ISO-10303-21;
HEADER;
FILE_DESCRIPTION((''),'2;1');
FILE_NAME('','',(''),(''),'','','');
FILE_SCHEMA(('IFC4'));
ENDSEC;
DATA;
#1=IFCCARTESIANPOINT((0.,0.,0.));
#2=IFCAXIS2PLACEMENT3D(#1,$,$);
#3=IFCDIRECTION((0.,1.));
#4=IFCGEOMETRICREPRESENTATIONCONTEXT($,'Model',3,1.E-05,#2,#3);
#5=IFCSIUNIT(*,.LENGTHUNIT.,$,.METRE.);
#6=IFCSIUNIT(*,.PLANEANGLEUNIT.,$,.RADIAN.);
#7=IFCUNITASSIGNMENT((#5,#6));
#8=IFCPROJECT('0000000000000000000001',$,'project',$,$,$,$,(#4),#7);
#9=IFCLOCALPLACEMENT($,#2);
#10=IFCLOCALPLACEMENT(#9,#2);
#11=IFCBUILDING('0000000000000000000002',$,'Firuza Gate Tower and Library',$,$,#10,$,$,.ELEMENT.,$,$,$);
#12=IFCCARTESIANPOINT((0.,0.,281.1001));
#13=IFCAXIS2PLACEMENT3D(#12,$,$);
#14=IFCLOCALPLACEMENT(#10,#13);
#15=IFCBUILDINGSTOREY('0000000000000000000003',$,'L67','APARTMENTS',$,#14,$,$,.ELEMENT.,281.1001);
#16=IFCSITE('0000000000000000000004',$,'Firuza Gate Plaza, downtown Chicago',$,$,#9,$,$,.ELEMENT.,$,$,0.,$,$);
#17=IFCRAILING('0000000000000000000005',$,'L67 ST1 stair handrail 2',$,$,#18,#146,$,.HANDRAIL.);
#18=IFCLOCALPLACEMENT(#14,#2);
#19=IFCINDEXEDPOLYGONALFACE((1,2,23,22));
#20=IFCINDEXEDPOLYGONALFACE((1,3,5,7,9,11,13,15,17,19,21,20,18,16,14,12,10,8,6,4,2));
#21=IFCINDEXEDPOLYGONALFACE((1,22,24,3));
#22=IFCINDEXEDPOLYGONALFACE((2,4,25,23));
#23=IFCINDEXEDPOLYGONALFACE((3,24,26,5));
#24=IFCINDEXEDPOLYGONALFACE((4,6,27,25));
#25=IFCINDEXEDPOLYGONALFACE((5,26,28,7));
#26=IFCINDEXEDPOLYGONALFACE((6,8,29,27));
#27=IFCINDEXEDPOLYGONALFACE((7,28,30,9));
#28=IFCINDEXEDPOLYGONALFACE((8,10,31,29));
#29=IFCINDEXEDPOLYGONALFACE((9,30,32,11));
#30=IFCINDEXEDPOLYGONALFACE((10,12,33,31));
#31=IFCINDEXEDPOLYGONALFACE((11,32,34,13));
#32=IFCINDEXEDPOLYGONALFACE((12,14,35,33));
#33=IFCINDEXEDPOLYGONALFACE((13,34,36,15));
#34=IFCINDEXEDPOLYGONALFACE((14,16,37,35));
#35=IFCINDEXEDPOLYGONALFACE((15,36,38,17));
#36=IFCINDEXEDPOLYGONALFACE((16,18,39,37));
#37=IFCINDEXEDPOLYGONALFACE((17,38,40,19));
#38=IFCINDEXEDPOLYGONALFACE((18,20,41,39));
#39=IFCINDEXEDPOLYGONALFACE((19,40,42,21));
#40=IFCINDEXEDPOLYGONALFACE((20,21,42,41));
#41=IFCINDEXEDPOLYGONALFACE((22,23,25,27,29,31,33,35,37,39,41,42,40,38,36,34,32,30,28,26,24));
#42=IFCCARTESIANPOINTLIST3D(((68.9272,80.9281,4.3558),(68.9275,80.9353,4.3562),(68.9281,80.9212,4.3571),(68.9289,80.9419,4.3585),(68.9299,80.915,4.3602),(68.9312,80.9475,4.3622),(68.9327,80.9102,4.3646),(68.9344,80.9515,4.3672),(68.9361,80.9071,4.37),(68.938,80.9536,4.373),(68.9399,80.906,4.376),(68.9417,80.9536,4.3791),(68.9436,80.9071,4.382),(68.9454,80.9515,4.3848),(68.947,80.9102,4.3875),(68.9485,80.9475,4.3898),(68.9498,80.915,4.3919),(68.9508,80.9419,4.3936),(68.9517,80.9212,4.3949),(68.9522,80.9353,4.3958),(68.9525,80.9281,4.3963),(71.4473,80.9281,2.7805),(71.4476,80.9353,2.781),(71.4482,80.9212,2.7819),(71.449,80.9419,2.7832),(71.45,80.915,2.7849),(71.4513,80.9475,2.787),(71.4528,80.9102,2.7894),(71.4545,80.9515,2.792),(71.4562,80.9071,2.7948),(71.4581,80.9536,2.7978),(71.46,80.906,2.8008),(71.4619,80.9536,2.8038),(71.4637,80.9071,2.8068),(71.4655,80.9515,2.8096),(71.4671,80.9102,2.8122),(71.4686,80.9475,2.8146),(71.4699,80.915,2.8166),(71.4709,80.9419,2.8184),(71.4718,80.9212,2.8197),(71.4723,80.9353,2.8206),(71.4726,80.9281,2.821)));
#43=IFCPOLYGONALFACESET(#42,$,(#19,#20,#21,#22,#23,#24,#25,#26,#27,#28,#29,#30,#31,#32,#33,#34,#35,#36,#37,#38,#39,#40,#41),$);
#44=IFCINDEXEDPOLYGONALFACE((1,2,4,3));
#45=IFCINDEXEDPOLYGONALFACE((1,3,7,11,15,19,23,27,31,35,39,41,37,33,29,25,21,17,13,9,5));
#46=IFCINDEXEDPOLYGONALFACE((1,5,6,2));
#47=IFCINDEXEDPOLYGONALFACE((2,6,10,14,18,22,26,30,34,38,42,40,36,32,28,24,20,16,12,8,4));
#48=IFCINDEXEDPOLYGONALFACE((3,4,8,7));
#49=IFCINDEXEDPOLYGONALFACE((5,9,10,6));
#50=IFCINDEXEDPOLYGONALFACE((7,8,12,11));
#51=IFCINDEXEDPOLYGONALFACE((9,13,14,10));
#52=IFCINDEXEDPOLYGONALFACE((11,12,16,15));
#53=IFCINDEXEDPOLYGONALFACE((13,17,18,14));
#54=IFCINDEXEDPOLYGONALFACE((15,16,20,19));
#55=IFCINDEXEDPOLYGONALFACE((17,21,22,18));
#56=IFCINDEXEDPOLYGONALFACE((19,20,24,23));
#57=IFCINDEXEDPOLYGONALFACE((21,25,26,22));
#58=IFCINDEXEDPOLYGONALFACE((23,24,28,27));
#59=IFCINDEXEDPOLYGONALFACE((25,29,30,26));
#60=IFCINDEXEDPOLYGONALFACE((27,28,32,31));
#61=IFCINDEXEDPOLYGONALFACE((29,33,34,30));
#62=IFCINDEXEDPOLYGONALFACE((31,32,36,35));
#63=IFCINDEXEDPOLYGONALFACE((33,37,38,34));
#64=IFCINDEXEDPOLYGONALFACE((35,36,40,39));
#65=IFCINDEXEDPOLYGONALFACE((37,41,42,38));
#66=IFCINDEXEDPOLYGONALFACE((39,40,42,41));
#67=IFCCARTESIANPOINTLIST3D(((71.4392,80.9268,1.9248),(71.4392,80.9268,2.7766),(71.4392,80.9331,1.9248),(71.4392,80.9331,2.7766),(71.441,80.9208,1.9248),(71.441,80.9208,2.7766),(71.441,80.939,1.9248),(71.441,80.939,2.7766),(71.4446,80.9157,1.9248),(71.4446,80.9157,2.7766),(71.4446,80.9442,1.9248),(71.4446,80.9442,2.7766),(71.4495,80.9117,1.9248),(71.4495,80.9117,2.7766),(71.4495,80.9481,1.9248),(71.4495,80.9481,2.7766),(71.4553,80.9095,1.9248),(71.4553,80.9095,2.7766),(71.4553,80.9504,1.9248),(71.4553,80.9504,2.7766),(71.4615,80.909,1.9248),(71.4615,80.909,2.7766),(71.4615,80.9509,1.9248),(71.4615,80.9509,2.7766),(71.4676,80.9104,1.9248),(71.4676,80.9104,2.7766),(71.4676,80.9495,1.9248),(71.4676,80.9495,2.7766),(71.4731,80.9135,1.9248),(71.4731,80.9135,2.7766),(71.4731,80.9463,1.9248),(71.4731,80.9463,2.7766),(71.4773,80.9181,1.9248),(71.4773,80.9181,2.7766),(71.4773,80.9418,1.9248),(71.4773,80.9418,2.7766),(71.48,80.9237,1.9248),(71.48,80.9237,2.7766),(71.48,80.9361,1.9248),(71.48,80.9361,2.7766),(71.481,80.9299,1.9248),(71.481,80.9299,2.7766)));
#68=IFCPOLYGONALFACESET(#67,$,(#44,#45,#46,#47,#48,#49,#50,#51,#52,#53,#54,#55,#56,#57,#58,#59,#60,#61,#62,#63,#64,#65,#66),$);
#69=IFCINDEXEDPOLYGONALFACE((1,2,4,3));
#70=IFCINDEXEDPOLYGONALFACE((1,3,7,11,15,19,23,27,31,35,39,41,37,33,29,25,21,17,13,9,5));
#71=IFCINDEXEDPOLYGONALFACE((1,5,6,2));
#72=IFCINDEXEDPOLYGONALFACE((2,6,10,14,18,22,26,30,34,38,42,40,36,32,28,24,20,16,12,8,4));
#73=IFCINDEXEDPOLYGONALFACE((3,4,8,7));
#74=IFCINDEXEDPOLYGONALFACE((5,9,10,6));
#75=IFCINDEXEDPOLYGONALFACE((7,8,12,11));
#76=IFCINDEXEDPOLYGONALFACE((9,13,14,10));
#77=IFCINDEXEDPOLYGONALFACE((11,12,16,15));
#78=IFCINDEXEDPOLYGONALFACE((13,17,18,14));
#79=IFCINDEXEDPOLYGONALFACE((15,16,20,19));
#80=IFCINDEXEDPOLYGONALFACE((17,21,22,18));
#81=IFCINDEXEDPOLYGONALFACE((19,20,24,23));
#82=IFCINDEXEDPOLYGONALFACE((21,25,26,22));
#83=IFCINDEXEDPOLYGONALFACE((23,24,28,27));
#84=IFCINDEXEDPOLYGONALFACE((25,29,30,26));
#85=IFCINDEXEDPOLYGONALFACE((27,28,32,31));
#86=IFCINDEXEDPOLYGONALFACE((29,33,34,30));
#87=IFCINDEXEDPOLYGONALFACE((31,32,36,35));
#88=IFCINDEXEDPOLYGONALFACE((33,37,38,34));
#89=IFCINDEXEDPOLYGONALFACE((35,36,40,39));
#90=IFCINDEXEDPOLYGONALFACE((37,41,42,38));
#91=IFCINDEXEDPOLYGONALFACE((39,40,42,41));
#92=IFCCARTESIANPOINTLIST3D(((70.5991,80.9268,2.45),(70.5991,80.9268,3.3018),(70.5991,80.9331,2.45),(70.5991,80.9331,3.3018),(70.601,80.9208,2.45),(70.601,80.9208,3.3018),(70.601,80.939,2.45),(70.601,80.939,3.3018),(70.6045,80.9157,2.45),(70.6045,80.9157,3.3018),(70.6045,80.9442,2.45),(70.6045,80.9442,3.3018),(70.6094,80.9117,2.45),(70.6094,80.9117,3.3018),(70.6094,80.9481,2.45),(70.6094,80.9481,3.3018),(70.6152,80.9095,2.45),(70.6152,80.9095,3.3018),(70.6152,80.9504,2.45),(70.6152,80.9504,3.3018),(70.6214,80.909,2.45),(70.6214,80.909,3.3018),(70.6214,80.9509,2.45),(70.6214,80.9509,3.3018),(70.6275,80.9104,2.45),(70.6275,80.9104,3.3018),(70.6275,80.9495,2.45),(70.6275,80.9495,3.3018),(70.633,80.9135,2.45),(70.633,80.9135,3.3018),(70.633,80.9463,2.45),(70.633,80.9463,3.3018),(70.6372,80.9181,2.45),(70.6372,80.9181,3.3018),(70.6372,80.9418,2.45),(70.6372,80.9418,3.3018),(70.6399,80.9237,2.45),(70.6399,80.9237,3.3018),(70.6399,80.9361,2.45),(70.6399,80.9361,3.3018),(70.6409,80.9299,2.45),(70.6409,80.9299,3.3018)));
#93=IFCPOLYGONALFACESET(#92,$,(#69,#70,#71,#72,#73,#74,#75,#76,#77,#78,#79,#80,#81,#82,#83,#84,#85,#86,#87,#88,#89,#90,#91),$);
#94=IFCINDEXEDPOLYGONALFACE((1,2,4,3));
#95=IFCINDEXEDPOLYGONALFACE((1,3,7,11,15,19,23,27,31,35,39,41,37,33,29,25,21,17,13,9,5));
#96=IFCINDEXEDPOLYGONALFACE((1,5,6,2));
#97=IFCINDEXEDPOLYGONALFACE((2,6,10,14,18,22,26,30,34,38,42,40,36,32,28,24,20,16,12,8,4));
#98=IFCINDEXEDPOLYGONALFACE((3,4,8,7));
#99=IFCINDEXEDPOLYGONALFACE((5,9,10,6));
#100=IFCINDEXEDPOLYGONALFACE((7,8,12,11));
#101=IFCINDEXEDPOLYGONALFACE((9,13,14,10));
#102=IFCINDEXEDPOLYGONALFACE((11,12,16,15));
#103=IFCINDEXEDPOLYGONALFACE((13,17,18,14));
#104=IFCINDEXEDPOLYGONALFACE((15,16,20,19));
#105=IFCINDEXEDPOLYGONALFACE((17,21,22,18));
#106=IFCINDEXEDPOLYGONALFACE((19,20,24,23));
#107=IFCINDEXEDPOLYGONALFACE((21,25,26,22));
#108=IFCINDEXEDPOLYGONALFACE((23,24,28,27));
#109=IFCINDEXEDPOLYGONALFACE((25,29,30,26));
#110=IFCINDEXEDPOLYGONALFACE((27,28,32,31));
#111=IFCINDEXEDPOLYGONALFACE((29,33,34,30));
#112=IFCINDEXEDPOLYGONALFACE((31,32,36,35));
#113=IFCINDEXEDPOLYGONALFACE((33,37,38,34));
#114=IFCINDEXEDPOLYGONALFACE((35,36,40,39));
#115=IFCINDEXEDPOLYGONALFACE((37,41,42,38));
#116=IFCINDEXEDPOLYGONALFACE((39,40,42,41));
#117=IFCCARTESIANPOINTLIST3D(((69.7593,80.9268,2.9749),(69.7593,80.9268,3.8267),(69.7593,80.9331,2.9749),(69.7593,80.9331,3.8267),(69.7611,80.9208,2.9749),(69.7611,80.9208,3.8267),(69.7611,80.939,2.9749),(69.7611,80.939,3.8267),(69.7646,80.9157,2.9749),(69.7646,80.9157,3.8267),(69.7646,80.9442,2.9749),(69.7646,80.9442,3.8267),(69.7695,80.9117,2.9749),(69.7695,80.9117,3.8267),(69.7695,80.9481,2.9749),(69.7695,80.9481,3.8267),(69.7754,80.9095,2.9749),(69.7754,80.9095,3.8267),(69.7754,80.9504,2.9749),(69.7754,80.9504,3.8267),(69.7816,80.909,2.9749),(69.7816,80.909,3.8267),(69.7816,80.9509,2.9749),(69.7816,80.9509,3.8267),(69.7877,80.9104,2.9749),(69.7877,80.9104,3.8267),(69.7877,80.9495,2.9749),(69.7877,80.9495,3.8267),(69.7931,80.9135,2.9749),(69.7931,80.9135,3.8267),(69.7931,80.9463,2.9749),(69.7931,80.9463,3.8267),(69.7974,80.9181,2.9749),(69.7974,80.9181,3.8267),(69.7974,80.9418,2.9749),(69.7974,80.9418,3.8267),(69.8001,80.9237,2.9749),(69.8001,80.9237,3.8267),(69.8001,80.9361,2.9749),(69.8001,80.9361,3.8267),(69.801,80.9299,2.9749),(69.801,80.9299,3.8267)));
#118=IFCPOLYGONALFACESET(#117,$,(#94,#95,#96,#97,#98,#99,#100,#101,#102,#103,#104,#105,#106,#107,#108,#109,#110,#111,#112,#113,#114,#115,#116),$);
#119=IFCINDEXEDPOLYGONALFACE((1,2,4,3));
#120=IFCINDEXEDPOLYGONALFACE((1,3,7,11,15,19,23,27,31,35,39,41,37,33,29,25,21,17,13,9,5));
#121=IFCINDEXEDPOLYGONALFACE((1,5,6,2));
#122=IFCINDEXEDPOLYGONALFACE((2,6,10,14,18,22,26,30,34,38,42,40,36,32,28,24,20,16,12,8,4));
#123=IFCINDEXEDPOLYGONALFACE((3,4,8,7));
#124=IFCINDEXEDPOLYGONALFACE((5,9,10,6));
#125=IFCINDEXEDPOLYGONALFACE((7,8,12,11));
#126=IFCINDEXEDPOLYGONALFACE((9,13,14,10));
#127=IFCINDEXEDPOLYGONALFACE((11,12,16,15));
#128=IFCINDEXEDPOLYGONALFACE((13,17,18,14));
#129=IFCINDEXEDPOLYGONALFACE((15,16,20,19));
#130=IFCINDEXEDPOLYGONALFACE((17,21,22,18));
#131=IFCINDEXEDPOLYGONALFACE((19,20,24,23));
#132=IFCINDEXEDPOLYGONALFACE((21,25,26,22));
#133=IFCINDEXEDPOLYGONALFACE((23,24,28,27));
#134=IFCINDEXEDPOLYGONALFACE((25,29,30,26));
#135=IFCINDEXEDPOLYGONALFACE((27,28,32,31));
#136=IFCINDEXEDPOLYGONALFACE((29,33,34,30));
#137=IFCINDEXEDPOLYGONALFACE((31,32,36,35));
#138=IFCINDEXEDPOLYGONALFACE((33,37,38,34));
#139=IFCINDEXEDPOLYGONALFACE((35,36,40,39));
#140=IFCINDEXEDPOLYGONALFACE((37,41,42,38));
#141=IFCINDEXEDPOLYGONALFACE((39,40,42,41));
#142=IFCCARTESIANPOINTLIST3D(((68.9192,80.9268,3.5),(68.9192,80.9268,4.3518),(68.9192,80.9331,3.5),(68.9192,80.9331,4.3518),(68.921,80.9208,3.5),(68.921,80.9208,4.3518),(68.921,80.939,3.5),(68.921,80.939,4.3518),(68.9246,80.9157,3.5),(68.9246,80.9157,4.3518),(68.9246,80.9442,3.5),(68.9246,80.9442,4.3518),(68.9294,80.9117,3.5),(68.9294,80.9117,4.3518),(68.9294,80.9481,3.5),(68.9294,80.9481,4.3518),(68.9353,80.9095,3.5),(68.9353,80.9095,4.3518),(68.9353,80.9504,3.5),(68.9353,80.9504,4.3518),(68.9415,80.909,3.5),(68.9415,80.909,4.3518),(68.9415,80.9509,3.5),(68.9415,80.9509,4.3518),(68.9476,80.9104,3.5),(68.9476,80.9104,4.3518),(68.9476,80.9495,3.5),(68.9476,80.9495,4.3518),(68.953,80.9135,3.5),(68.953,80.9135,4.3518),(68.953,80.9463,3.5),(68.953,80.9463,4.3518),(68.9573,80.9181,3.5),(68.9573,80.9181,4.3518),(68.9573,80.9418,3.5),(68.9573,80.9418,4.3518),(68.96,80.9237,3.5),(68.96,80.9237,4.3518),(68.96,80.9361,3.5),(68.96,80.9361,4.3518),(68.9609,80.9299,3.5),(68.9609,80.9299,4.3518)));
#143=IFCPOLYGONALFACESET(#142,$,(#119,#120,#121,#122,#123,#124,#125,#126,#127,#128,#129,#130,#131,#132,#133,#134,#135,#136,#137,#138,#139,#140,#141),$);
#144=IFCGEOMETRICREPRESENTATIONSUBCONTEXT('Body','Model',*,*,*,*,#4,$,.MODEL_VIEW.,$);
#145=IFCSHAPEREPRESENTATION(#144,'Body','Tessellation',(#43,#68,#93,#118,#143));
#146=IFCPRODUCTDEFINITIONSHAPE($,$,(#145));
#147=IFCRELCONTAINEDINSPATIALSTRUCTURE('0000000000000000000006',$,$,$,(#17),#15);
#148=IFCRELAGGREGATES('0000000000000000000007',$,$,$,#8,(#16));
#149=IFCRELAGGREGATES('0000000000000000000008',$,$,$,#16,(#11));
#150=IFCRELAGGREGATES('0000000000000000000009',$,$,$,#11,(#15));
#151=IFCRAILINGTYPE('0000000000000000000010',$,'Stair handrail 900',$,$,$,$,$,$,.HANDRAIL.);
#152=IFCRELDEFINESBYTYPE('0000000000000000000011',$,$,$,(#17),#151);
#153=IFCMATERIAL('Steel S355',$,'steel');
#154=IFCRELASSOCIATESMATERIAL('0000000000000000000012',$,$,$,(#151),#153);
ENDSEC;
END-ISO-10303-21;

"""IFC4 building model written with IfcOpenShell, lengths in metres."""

from ifc_helpers import new_model, si_unit, direction, frame, origin, origin_2d, place, context, subcontext, project, spatial, circle, extrude, material, type_object, element, save


model = new_model("IFC4")

# Units and contexts
model_context = context("Model", 3, precision=1e-05, world=origin(), true_north=direction((0.0, 1.0)))
body_context = subcontext(model_context, "Body", "Model", "MODEL_VIEW")
ifc_project = project(units=[si_unit("LENGTHUNIT", "METRE"), si_unit("PLANEANGLEUNIT", "RADIAN")], contexts=[model_context])

# Site, building, storey
site_placement = place(None, origin())
site = spatial("IfcSite", under=ifc_project, at=site_placement, Name="Firuza Gate Plaza, downtown Chicago", CompositionType="ELEMENT", RefElevation=0.0)
building_placement = place(site_placement, origin())
building = spatial("IfcBuilding", under=site, at=building_placement, Name="Firuza Gate Tower and Library", CompositionType="ELEMENT")
storey_placement = place(building_placement, frame((0.0, 0.0, 281.1001)))
storey = spatial("IfcBuildingStorey", under=building, at=storey_placement, Name="L67", Description="APARTMENTS", CompositionType="ELEMENT", Elevation=281.1001)

# Railing
ifc_material_1 = material(Name="Steel S355", Category="steel")
railing_type_1 = type_object("IfcRailingType", Name="Stair handrail 900", PredefinedType="HANDRAIL", material=ifc_material_1)
railing_1_placement = place(storey_placement, frame((71.46, 80.9299, 1.9248)))
element("IfcRailing", 1, at=railing_1_placement, inside=storey, type_object=railing_type_1, Name="L67 ST1 stair handrail 2", PredefinedType="HANDRAIL", context=body_context, shape_type="SweptSolid", body=[
    extrude(circle(Radius=0.0239, at=origin_2d()), frame((0.0, 0.0, 0.876), z_axis=(-0.847971, 0.0, 0.530043), x_axis=(0.0, -1.0, 0.0)), (0.0, 0.0, 1.0), 2.9719),
    extrude(circle(Radius=0.021, at=origin_2d()), origin(), (0.0, 0.0, 1.0), 0.8518),
    extrude(circle(Radius=0.021, at=origin_2d()), frame((-0.8401, 0.0, 0.5251)), (0.0, 0.0, 1.0), 0.8518),
    extrude(circle(Radius=0.021, at=origin_2d()), frame((-1.6799, 0.0, 1.05)), (0.0, 0.0, 1.0), 0.8518),
    extrude(circle(Radius=0.021, at=origin_2d()), frame((-2.52, 0.0, 1.5752)), (0.0, 0.0, 1.0), 0.8518),
])

save(model, "model.ifc")
